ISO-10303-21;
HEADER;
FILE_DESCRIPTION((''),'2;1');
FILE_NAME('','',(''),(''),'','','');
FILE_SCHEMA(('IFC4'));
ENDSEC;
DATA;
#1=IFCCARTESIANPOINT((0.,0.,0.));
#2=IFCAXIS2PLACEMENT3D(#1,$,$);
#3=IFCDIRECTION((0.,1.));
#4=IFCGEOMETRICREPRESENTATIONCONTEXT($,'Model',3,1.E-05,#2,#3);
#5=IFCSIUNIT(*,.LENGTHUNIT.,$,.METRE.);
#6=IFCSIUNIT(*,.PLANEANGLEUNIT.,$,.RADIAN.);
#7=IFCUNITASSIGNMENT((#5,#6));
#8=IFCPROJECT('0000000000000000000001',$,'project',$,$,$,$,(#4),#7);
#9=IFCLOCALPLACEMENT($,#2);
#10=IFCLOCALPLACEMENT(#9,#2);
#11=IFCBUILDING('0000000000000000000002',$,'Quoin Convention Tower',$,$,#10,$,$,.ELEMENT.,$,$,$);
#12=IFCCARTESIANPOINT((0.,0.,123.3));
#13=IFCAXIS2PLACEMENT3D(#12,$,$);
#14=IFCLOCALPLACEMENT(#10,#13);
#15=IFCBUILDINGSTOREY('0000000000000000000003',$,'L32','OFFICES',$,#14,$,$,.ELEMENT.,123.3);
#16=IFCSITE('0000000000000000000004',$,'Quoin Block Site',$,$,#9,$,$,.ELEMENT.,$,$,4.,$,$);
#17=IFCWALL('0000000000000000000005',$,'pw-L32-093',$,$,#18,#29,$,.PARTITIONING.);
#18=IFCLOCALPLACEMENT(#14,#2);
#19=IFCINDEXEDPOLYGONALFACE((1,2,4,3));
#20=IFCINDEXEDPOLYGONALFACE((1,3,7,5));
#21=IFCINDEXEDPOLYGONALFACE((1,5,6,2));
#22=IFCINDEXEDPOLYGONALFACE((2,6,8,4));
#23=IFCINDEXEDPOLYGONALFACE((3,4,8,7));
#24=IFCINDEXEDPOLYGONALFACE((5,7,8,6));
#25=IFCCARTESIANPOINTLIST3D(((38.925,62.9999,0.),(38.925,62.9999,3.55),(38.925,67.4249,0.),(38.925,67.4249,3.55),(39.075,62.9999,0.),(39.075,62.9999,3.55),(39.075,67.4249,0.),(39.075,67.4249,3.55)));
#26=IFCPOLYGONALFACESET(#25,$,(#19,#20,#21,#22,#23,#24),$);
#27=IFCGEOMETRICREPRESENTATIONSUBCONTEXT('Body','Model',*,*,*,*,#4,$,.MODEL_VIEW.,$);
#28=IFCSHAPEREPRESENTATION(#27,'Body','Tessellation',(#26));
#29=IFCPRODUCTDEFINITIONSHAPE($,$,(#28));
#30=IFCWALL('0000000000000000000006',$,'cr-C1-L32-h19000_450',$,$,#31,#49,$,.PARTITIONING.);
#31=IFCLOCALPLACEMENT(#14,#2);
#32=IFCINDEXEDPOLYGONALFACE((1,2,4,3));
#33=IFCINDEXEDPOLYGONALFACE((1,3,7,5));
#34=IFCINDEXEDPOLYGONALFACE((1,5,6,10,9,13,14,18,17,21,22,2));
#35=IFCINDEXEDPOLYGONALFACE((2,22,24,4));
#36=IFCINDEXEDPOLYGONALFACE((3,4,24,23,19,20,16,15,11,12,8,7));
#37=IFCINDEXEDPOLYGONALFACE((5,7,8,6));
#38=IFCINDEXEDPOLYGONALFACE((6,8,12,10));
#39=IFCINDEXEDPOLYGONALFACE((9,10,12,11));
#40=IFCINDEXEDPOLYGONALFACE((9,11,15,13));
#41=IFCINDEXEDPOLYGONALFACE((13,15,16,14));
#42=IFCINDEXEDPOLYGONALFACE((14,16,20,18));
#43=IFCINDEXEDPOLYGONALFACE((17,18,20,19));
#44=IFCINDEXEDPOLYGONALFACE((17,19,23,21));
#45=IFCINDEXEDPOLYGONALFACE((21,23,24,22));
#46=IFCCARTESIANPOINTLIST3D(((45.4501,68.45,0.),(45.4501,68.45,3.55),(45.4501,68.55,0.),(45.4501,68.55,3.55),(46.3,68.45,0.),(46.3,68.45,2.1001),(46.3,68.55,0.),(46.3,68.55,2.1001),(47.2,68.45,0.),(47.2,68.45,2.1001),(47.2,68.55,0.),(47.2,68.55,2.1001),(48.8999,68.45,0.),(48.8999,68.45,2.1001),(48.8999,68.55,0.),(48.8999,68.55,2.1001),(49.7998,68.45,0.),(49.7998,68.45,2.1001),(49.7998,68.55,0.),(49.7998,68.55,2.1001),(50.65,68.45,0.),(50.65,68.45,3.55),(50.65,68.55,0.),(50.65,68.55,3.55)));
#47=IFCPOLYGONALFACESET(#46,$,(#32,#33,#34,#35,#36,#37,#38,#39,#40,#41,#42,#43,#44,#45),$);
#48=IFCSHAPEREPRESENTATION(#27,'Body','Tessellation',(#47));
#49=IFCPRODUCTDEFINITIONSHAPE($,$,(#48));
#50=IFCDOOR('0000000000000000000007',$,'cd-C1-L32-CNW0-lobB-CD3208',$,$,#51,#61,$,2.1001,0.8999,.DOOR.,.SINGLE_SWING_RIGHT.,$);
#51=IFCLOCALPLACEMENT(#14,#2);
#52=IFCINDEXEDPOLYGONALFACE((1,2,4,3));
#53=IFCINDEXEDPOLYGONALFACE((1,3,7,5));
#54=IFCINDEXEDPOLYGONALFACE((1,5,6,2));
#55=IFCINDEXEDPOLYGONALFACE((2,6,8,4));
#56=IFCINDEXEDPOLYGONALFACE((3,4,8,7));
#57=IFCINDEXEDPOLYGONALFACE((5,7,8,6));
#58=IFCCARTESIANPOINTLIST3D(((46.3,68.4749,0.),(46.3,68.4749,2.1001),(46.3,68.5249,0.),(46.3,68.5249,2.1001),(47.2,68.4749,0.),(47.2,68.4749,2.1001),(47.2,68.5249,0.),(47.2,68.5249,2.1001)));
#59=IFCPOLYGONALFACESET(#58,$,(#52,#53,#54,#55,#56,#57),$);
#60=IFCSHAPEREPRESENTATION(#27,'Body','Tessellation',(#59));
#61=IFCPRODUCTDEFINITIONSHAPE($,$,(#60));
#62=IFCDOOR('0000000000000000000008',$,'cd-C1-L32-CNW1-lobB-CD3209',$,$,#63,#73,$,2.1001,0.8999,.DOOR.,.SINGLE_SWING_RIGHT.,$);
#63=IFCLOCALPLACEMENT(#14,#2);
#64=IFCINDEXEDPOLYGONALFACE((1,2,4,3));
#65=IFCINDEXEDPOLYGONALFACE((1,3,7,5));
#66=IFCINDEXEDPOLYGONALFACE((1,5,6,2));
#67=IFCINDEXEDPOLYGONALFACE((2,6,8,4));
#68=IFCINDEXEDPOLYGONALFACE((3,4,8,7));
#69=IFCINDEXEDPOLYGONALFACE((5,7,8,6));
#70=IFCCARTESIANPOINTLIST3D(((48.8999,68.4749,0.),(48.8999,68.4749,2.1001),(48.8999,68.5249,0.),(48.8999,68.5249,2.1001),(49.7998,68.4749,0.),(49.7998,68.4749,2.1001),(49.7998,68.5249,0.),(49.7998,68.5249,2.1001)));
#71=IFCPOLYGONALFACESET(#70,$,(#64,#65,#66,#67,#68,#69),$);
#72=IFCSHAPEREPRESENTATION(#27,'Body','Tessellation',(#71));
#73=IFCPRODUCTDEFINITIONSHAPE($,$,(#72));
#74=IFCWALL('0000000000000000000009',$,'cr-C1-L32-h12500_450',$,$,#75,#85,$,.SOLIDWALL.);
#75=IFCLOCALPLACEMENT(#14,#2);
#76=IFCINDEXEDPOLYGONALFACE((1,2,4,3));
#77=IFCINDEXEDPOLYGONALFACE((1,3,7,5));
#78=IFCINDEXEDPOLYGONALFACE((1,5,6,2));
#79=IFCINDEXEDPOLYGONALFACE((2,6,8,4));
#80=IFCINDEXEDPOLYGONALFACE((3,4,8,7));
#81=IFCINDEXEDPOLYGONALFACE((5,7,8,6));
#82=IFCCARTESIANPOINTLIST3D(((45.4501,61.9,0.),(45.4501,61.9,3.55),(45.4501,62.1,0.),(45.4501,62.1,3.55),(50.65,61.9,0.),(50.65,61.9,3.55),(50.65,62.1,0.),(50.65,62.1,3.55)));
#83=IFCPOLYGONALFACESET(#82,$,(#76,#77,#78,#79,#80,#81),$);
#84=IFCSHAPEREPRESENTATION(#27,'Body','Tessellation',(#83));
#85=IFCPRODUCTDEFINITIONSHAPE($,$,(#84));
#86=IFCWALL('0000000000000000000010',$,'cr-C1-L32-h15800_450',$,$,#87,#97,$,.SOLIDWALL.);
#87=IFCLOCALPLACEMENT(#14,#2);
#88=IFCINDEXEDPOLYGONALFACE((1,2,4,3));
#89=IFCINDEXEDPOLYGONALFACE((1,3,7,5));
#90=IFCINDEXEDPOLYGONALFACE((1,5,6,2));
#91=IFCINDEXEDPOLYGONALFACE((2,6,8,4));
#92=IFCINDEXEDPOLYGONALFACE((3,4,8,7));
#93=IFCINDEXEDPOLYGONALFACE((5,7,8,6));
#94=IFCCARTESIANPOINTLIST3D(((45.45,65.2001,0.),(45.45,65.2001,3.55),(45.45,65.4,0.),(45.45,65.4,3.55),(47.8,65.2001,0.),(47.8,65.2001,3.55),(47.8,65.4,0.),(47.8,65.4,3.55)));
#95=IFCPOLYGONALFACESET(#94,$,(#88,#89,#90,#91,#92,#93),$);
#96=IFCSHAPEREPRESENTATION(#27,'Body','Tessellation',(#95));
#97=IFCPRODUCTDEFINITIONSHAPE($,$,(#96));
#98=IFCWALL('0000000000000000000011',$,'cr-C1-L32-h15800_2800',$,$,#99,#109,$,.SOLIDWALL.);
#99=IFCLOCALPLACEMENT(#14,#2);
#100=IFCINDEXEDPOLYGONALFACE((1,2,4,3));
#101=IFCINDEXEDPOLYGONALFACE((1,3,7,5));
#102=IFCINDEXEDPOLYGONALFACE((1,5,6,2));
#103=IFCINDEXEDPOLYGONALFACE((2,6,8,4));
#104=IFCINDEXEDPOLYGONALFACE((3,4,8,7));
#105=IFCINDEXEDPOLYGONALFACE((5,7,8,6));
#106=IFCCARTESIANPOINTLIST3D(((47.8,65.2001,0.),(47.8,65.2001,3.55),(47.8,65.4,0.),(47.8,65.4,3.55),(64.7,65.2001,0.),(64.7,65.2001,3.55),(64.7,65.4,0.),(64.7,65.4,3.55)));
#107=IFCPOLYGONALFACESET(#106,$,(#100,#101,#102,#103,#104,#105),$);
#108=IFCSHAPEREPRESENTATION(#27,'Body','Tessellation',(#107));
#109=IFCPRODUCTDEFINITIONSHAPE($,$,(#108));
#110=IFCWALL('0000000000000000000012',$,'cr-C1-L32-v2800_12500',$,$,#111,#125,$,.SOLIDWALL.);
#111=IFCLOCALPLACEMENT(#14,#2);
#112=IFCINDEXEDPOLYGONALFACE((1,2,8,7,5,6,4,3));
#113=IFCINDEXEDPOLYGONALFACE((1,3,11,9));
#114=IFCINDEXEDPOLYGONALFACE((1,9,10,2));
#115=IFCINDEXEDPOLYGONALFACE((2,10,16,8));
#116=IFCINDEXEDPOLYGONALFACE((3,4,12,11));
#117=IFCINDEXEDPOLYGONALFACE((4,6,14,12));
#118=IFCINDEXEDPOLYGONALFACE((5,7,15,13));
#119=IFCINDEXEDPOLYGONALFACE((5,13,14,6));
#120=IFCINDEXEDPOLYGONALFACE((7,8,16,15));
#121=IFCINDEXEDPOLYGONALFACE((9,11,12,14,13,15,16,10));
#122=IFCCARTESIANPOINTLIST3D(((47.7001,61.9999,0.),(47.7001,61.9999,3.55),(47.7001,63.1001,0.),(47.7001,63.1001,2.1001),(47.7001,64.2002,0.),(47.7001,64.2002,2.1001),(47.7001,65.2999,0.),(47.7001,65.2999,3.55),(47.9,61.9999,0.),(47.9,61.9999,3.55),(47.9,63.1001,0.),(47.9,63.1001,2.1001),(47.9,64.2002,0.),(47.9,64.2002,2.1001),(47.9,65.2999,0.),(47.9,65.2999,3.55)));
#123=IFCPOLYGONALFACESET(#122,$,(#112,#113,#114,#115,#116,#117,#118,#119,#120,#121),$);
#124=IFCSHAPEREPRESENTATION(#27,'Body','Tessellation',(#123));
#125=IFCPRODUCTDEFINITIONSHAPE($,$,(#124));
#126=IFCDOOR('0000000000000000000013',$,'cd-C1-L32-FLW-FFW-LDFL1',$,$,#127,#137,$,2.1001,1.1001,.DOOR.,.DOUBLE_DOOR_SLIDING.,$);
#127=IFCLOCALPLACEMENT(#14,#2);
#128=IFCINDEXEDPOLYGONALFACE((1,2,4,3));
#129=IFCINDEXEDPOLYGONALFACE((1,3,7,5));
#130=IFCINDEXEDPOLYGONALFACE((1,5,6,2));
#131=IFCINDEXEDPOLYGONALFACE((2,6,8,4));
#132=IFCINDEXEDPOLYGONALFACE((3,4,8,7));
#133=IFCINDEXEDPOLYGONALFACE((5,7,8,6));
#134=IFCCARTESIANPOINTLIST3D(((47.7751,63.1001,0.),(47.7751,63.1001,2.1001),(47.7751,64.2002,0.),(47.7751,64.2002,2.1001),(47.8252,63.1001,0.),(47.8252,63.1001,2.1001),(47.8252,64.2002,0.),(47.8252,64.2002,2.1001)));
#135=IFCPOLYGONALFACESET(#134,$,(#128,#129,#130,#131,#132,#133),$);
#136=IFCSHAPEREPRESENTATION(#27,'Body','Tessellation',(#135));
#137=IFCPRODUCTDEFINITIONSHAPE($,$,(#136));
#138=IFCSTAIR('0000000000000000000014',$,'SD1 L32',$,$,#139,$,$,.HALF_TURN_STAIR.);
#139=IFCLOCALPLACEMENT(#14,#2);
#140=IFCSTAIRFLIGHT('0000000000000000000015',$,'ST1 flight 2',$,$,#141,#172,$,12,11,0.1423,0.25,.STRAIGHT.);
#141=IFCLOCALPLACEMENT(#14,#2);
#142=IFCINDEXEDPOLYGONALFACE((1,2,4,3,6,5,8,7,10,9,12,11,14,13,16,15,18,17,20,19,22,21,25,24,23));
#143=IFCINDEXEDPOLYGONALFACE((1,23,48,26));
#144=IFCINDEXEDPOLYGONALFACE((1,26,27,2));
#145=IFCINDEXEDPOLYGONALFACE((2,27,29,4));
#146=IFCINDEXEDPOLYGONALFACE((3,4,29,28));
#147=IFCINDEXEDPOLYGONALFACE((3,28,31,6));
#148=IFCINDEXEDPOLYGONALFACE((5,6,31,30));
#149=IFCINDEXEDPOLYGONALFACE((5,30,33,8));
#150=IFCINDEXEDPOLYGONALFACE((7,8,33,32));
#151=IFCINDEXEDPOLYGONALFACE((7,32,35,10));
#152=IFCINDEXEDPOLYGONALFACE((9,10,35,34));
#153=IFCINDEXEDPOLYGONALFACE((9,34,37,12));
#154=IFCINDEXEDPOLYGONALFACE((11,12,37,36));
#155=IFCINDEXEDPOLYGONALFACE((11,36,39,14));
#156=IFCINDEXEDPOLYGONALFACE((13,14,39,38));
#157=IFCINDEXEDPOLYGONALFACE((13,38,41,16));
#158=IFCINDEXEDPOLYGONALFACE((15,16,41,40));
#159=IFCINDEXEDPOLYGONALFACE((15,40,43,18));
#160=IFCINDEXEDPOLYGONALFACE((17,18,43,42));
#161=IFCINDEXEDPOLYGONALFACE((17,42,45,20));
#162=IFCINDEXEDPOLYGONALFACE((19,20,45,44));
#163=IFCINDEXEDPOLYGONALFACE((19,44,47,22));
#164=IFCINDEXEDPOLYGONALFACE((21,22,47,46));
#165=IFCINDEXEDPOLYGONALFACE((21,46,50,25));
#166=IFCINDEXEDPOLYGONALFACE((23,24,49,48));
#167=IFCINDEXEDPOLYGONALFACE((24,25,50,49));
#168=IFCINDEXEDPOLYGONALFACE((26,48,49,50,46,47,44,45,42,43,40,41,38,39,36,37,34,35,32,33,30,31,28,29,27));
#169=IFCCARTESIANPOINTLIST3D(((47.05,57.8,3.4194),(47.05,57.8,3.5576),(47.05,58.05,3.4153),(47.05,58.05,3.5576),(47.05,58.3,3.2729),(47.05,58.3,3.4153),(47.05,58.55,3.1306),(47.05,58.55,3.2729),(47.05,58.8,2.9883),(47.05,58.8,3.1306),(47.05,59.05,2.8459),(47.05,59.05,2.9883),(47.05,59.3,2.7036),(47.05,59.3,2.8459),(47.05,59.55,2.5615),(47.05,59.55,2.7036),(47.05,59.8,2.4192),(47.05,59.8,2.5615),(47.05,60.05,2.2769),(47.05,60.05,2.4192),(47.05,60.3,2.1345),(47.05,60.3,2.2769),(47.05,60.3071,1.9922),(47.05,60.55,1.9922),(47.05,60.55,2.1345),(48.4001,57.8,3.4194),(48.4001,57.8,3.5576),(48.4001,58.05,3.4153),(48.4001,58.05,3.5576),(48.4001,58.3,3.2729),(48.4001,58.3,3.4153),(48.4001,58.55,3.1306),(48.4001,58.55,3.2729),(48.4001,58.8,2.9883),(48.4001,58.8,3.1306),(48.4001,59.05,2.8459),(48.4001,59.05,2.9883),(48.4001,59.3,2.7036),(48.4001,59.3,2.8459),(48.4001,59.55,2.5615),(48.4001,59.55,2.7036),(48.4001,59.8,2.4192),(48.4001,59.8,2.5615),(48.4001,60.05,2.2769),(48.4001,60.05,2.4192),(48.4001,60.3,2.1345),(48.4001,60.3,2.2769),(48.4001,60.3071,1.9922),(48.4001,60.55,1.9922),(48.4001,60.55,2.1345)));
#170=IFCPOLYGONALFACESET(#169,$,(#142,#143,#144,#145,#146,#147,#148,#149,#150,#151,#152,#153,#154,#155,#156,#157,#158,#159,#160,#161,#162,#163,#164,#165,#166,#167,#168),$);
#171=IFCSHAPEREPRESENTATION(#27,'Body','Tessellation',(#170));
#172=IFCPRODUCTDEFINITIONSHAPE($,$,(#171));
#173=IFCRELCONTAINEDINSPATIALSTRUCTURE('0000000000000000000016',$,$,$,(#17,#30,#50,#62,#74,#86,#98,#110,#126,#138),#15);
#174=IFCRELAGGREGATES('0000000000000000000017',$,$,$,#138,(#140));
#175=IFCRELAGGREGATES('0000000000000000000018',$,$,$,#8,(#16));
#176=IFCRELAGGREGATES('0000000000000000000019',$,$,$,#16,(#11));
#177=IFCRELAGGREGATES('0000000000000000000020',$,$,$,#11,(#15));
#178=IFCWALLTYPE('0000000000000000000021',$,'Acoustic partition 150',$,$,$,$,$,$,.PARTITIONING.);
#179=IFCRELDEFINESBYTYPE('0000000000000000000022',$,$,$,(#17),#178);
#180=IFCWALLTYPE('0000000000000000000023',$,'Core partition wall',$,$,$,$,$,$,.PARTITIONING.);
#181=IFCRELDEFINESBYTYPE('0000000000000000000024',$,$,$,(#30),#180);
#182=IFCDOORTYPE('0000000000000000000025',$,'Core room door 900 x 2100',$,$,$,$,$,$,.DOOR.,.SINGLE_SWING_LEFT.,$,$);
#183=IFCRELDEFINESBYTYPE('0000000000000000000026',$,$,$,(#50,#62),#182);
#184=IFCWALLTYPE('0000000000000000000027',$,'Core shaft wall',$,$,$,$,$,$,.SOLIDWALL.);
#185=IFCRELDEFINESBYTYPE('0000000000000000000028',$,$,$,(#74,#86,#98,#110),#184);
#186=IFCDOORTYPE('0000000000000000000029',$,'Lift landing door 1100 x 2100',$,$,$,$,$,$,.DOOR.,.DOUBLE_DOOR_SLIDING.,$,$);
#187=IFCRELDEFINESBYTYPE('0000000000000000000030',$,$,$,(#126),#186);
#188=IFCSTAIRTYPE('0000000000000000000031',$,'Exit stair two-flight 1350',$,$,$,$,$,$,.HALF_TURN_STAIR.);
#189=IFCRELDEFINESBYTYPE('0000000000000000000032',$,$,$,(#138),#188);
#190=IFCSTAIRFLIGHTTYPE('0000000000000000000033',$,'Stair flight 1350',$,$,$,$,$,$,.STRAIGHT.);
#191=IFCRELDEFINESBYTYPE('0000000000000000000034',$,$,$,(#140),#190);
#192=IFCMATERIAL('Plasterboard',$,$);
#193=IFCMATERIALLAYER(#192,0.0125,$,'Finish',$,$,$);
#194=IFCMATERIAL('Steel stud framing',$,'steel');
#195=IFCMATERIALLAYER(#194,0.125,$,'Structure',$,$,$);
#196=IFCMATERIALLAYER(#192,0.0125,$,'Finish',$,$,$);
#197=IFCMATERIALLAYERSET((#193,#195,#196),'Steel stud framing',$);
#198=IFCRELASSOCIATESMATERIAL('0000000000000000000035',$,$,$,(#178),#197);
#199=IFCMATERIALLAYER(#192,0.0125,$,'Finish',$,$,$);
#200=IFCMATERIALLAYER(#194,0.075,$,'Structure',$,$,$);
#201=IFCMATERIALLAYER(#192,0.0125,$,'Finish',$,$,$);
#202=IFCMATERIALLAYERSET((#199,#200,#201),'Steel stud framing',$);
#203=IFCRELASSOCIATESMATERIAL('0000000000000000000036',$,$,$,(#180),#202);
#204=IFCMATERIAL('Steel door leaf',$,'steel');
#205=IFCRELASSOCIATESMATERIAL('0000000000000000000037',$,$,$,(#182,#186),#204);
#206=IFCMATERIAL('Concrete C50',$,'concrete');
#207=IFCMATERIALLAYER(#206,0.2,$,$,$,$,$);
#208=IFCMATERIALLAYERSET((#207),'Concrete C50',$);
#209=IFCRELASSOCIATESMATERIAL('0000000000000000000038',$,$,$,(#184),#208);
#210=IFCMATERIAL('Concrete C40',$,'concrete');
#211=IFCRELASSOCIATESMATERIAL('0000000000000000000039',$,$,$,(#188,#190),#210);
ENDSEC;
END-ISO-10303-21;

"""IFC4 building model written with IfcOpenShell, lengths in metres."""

from ifc_helpers import new_model, si_unit, direction, frame, frame_2d, origin, place, context, subcontext, project, spatial, polyline, rectangle, outline, extrude, material, layer, layer_set, type_object, element, fill, aggregate, save


model = new_model("IFC4")

# Units and contexts
model_context = context("Model", 3, precision=1e-05, world=origin(), true_north=direction((0.0, 1.0)))
body_context = subcontext(model_context, "Body", "Model", "MODEL_VIEW")
ifc_project = project(units=[si_unit("LENGTHUNIT", "METRE"), si_unit("PLANEANGLEUNIT", "RADIAN")], contexts=[model_context])

# Site, building, storey
site_placement = place(None, origin())
site = spatial("IfcSite", under=ifc_project, at=site_placement, Name="Quoin Block Site", CompositionType="ELEMENT", RefElevation=4.0)
building_placement = place(site_placement, origin())
building = spatial("IfcBuilding", under=site, at=building_placement, Name="Quoin Convention Tower", CompositionType="ELEMENT")
storey_placement = place(building_placement, frame((0.0, 0.0, 123.3)))
storey = spatial("IfcBuildingStorey", under=building, at=storey_placement, Name="L32", Description="OFFICES", CompositionType="ELEMENT", Elevation=123.3)

# Wall
ifc_material_1 = material(Name="Plasterboard")
ifc_layer_1 = layer(ifc_material_1, 0.0125, Name="Finish")
ifc_material_2 = material(Name="Steel stud framing", Category="steel")
ifc_layer_2 = layer(ifc_material_2, 0.125, Name="Structure")
ifc_layer_3 = layer(ifc_material_1, 0.0125, Name="Finish")
ifc_layer_set_1 = layer_set([ifc_layer_1, ifc_layer_2, ifc_layer_3], Name="Steel stud framing")
wall_type_1 = type_object("IfcWallType", Name="Acoustic partition 150", PredefinedType="PARTITIONING", material=ifc_layer_set_1)
wall_1_placement = place(storey_placement, frame((39.0, 63.0, 0.0), z_axis=(0.0, 0.0, 1.0), x_axis=(0.0, 1.0, 0.0)))
element("IfcWall", 1, at=wall_1_placement, inside=storey, type_object=wall_type_1, Name="pw-L32-093", PredefinedType="PARTITIONING", context=body_context, shape_type="SweptSolid", body=[
    extrude(rectangle(XDim=4.425, YDim=0.1499, at=frame_2d((2.2124, 0.0))), origin(), (0.0, 0.0, 1.0), 3.55),
])

# Wall, openings, doors
ifc_layer_4 = layer(ifc_material_1, 0.0125, Name="Finish")
ifc_layer_5 = layer(ifc_material_2, 0.075, Name="Structure")
ifc_layer_6 = layer(ifc_material_1, 0.0125, Name="Finish")
ifc_layer_set_2 = layer_set([ifc_layer_4, ifc_layer_5, ifc_layer_6], Name="Steel stud framing")
wall_type_2 = type_object("IfcWallType", Name="Core partition wall", PredefinedType="PARTITIONING", material=ifc_layer_set_2)
wall_2_placement = place(storey_placement, frame((45.45, 68.5, 0.0), z_axis=(0.0, 0.0, 1.0), x_axis=(1.0, 0.0, 0.0)))
wall_2 = element("IfcWall", 2, at=wall_2_placement, inside=storey, type_object=wall_type_2, Name="cr-C1-L32-h19000_450", PredefinedType="PARTITIONING", context=body_context, shape_type="SweptSolid", body=[
    extrude(rectangle(XDim=5.2, YDim=0.1001, at=frame_2d((2.6001, 0.0))), origin(), (0.0, 0.0, 1.0), 3.55),
])
opening_1_placement = place(wall_2_placement, frame((0.8501, 0.0, 0.0)))
opening_1 = element("IfcOpeningElement", 3, at=opening_1_placement, cuts=wall_2, PredefinedType="OPENING", context=body_context, shape_type="SweptSolid", body=[
    extrude(rectangle(XDim=0.8999, YDim=2.1001, at=frame_2d((0.45, 1.05))), frame((0.0, 0.0601, 0.0), z_axis=(0.0, -1.0, 0.0), x_axis=(1.0, 0.0, 0.0)), (0.0, 0.0, 1.0), 0.1201),
])
opening_2_placement = place(wall_2_placement, frame((3.45, 0.0, 0.0)))
opening_2 = element("IfcOpeningElement", 4, at=opening_2_placement, cuts=wall_2, PredefinedType="OPENING", context=body_context, shape_type="SweptSolid", body=[
    extrude(rectangle(XDim=0.8999, YDim=2.1001, at=frame_2d((0.45, 1.05))), frame((0.0, 0.0601, 0.0), z_axis=(0.0, -1.0, 0.0), x_axis=(1.0, 0.0, 0.0)), (0.0, 0.0, 1.0), 0.1201),
])
ifc_material_3 = material(Name="Steel door leaf", Category="steel")
door_type_1 = type_object("IfcDoorType", Name="Core room door 900 x 2100", OperationType="SINGLE_SWING_LEFT", PredefinedType="DOOR", material=ifc_material_3)
door_1_placement = place(opening_1_placement, origin())
door_1 = element("IfcDoor", 5, at=door_1_placement, inside=storey, type_object=door_type_1, Name="cd-C1-L32-CNW0-lobB-CD3208", OperationType="SINGLE_SWING_RIGHT", OverallHeight=2.1001, OverallWidth=0.8999, PredefinedType="DOOR", context=body_context, shape_type="SweptSolid", body=[
    extrude(rectangle(XDim=0.8999, YDim=2.1001, at=frame_2d((0.45, 1.05))), frame((0.0, 0.0249, 0.0), z_axis=(0.0, -1.0, 0.0), x_axis=(1.0, 0.0, 0.0)), (0.0, 0.0, 1.0), 0.05),
])
fill(opening_1, door_1)
door_2_placement = place(opening_2_placement, origin())
door_2 = element("IfcDoor", 6, at=door_2_placement, inside=storey, type_object=door_type_1, Name="cd-C1-L32-CNW1-lobB-CD3209", OperationType="SINGLE_SWING_RIGHT", OverallHeight=2.1001, OverallWidth=0.8999, PredefinedType="DOOR", context=body_context, shape_type="SweptSolid", body=[
    extrude(rectangle(XDim=0.8999, YDim=2.1001, at=frame_2d((0.45, 1.05))), frame((0.0, 0.0249, 0.0), z_axis=(0.0, -1.0, 0.0), x_axis=(1.0, 0.0, 0.0)), (0.0, 0.0, 1.0), 0.05),
])
fill(opening_2, door_2)

# Walls
ifc_material_4 = material(Name="Concrete C50", Category="concrete")
ifc_layer_7 = layer(ifc_material_4, 0.2)
ifc_layer_set_3 = layer_set([ifc_layer_7], Name="Concrete C50")
wall_type_3 = type_object("IfcWallType", Name="Core shaft wall", PredefinedType="SOLIDWALL", material=ifc_layer_set_3)
wall_3_placement = place(storey_placement, frame((45.45, 62.0, 0.0), z_axis=(0.0, 0.0, 1.0), x_axis=(1.0, 0.0, 0.0)))
element("IfcWall", 7, at=wall_3_placement, inside=storey, type_object=wall_type_3, Name="cr-C1-L32-h12500_450", PredefinedType="SOLIDWALL", context=body_context, shape_type="SweptSolid", body=[
    extrude(rectangle(XDim=5.2, YDim=0.2, at=frame_2d((2.6001, 0.0))), origin(), (0.0, 0.0, 1.0), 3.55),
])
wall_4_placement = place(storey_placement, frame((45.45, 65.3, 0.0), z_axis=(0.0, 0.0, 1.0), x_axis=(1.0, 0.0, 0.0)))
element("IfcWall", 8, at=wall_4_placement, inside=storey, type_object=wall_type_3, Name="cr-C1-L32-h15800_450", PredefinedType="SOLIDWALL", context=body_context, shape_type="SweptSolid", body=[
    extrude(rectangle(XDim=2.3501, YDim=0.2, at=frame_2d((1.175, 0.0))), origin(), (0.0, 0.0, 1.0), 3.55),
])
wall_5_placement = place(storey_placement, frame((47.8, 65.3, 0.0), z_axis=(0.0, 0.0, 1.0), x_axis=(1.0, 0.0, 0.0)))
element("IfcWall", 9, at=wall_5_placement, inside=storey, type_object=wall_type_3, Name="cr-C1-L32-h15800_2800", PredefinedType="SOLIDWALL", context=body_context, shape_type="SweptSolid", body=[
    extrude(rectangle(XDim=16.8999, YDim=0.2, at=frame_2d((8.45, 0.0))), origin(), (0.0, 0.0, 1.0), 3.55),
])

# Wall, opening, door
wall_6_placement = place(storey_placement, frame((47.8, 62.0, 0.0), z_axis=(0.0, 0.0, 1.0), x_axis=(0.0, 1.0, 0.0)))
wall_6 = element("IfcWall", 10, at=wall_6_placement, inside=storey, type_object=wall_type_3, Name="cr-C1-L32-v2800_12500", PredefinedType="SOLIDWALL", context=body_context, shape_type="SweptSolid", body=[
    extrude(rectangle(XDim=3.3, YDim=0.2, at=frame_2d((1.6499, 0.0))), origin(), (0.0, 0.0, 1.0), 3.55),
])
opening_3_placement = place(wall_6_placement, frame((1.1001, 0.0, 0.0)))
opening_3 = element("IfcOpeningElement", 11, at=opening_3_placement, cuts=wall_6, PredefinedType="OPENING", context=body_context, shape_type="SweptSolid", body=[
    extrude(rectangle(XDim=1.1001, YDim=2.1001, at=frame_2d((0.55, 1.05))), frame((0.0, 0.1099, 0.0), z_axis=(0.0, -1.0, 0.0), x_axis=(1.0, 0.0, 0.0)), (0.0, 0.0, 1.0), 0.22),
])
door_type_2 = type_object("IfcDoorType", Name="Lift landing door 1100 x 2100", OperationType="DOUBLE_DOOR_SLIDING", PredefinedType="DOOR", material=ifc_material_3)
door_3_placement = place(opening_3_placement, origin())
door_3 = element("IfcDoor", 12, at=door_3_placement, inside=storey, type_object=door_type_2, Name="cd-C1-L32-FLW-FFW-LDFL1", OperationType="DOUBLE_DOOR_SLIDING", OverallHeight=2.1001, OverallWidth=1.1001, PredefinedType="DOOR", context=body_context, shape_type="SweptSolid", body=[
    extrude(rectangle(XDim=1.1001, YDim=2.1001, at=frame_2d((0.55, 1.05))), frame((0.0, 0.0249, 0.0), z_axis=(0.0, -1.0, 0.0), x_axis=(1.0, 0.0, 0.0)), (0.0, 0.0, 1.0), 0.05),
])
fill(opening_3, door_3)

# Stair, stair flight
ifc_material_5 = material(Name="Concrete C40", Category="concrete")
stair_type = type_object("IfcStairType", Name="Exit stair two-flight 1350", PredefinedType="HALF_TURN_STAIR", material=ifc_material_5)
stair_placement = place(storey_placement, origin())
stair = element("IfcStair", 13, at=stair_placement, inside=storey, type_object=stair_type, Name="SD1 L32", PredefinedType="HALF_TURN_STAIR")
stair_flight_type = type_object("IfcStairFlightType", Name="Stair flight 1350", PredefinedType="STRAIGHT", material=ifc_material_5)
stair_flight_placement = place(storey_placement, frame((47.7251, 60.55, 1.9922), z_axis=(0.0, 0.0, 1.0), x_axis=(0.0, -1.0, 0.0)))
stair_flight = element("IfcStairFlight", 14, at=stair_flight_placement, type_object=stair_flight_type, Name="ST1 flight 2", NumberOfRisers=12, NumberOfTreads=11, PredefinedType="STRAIGHT", RiserHeight=0.1423, TreadLength=0.25, context=body_context, shape_type="SweptSolid", body=[
    extrude(outline(polyline([(0.0, 0.0), (0.0, 0.1423), (0.25, 0.1423), (0.25, 0.2847), (0.5, 0.2847), (0.5, 0.427), (0.75, 0.427), (0.75, 0.5693), (1.0, 0.5693), (1.0, 0.7114), (1.25, 0.7114), (1.25, 0.8538), (1.5, 0.8538), (1.5, 0.9961), (1.75, 0.9961), (1.75, 1.1384), (2.0, 1.1384), (2.0, 1.2808), (2.25, 1.2808), (2.25, 1.4231), (2.5, 1.4231), (2.5, 1.5654), (2.75, 1.5654), (2.75, 1.7078), (2.75, 1.4272), (0.2429, 0.0), (0.0, 0.0)])), frame((0.0, 0.675, 0.0), z_axis=(0.0, -1.0, 0.0), x_axis=(1.0, 0.0, 0.0)), (0.0, 0.0, 1.0), 1.3501),
])
aggregate(stair, [stair_flight])

save(model, "model.ifc")
